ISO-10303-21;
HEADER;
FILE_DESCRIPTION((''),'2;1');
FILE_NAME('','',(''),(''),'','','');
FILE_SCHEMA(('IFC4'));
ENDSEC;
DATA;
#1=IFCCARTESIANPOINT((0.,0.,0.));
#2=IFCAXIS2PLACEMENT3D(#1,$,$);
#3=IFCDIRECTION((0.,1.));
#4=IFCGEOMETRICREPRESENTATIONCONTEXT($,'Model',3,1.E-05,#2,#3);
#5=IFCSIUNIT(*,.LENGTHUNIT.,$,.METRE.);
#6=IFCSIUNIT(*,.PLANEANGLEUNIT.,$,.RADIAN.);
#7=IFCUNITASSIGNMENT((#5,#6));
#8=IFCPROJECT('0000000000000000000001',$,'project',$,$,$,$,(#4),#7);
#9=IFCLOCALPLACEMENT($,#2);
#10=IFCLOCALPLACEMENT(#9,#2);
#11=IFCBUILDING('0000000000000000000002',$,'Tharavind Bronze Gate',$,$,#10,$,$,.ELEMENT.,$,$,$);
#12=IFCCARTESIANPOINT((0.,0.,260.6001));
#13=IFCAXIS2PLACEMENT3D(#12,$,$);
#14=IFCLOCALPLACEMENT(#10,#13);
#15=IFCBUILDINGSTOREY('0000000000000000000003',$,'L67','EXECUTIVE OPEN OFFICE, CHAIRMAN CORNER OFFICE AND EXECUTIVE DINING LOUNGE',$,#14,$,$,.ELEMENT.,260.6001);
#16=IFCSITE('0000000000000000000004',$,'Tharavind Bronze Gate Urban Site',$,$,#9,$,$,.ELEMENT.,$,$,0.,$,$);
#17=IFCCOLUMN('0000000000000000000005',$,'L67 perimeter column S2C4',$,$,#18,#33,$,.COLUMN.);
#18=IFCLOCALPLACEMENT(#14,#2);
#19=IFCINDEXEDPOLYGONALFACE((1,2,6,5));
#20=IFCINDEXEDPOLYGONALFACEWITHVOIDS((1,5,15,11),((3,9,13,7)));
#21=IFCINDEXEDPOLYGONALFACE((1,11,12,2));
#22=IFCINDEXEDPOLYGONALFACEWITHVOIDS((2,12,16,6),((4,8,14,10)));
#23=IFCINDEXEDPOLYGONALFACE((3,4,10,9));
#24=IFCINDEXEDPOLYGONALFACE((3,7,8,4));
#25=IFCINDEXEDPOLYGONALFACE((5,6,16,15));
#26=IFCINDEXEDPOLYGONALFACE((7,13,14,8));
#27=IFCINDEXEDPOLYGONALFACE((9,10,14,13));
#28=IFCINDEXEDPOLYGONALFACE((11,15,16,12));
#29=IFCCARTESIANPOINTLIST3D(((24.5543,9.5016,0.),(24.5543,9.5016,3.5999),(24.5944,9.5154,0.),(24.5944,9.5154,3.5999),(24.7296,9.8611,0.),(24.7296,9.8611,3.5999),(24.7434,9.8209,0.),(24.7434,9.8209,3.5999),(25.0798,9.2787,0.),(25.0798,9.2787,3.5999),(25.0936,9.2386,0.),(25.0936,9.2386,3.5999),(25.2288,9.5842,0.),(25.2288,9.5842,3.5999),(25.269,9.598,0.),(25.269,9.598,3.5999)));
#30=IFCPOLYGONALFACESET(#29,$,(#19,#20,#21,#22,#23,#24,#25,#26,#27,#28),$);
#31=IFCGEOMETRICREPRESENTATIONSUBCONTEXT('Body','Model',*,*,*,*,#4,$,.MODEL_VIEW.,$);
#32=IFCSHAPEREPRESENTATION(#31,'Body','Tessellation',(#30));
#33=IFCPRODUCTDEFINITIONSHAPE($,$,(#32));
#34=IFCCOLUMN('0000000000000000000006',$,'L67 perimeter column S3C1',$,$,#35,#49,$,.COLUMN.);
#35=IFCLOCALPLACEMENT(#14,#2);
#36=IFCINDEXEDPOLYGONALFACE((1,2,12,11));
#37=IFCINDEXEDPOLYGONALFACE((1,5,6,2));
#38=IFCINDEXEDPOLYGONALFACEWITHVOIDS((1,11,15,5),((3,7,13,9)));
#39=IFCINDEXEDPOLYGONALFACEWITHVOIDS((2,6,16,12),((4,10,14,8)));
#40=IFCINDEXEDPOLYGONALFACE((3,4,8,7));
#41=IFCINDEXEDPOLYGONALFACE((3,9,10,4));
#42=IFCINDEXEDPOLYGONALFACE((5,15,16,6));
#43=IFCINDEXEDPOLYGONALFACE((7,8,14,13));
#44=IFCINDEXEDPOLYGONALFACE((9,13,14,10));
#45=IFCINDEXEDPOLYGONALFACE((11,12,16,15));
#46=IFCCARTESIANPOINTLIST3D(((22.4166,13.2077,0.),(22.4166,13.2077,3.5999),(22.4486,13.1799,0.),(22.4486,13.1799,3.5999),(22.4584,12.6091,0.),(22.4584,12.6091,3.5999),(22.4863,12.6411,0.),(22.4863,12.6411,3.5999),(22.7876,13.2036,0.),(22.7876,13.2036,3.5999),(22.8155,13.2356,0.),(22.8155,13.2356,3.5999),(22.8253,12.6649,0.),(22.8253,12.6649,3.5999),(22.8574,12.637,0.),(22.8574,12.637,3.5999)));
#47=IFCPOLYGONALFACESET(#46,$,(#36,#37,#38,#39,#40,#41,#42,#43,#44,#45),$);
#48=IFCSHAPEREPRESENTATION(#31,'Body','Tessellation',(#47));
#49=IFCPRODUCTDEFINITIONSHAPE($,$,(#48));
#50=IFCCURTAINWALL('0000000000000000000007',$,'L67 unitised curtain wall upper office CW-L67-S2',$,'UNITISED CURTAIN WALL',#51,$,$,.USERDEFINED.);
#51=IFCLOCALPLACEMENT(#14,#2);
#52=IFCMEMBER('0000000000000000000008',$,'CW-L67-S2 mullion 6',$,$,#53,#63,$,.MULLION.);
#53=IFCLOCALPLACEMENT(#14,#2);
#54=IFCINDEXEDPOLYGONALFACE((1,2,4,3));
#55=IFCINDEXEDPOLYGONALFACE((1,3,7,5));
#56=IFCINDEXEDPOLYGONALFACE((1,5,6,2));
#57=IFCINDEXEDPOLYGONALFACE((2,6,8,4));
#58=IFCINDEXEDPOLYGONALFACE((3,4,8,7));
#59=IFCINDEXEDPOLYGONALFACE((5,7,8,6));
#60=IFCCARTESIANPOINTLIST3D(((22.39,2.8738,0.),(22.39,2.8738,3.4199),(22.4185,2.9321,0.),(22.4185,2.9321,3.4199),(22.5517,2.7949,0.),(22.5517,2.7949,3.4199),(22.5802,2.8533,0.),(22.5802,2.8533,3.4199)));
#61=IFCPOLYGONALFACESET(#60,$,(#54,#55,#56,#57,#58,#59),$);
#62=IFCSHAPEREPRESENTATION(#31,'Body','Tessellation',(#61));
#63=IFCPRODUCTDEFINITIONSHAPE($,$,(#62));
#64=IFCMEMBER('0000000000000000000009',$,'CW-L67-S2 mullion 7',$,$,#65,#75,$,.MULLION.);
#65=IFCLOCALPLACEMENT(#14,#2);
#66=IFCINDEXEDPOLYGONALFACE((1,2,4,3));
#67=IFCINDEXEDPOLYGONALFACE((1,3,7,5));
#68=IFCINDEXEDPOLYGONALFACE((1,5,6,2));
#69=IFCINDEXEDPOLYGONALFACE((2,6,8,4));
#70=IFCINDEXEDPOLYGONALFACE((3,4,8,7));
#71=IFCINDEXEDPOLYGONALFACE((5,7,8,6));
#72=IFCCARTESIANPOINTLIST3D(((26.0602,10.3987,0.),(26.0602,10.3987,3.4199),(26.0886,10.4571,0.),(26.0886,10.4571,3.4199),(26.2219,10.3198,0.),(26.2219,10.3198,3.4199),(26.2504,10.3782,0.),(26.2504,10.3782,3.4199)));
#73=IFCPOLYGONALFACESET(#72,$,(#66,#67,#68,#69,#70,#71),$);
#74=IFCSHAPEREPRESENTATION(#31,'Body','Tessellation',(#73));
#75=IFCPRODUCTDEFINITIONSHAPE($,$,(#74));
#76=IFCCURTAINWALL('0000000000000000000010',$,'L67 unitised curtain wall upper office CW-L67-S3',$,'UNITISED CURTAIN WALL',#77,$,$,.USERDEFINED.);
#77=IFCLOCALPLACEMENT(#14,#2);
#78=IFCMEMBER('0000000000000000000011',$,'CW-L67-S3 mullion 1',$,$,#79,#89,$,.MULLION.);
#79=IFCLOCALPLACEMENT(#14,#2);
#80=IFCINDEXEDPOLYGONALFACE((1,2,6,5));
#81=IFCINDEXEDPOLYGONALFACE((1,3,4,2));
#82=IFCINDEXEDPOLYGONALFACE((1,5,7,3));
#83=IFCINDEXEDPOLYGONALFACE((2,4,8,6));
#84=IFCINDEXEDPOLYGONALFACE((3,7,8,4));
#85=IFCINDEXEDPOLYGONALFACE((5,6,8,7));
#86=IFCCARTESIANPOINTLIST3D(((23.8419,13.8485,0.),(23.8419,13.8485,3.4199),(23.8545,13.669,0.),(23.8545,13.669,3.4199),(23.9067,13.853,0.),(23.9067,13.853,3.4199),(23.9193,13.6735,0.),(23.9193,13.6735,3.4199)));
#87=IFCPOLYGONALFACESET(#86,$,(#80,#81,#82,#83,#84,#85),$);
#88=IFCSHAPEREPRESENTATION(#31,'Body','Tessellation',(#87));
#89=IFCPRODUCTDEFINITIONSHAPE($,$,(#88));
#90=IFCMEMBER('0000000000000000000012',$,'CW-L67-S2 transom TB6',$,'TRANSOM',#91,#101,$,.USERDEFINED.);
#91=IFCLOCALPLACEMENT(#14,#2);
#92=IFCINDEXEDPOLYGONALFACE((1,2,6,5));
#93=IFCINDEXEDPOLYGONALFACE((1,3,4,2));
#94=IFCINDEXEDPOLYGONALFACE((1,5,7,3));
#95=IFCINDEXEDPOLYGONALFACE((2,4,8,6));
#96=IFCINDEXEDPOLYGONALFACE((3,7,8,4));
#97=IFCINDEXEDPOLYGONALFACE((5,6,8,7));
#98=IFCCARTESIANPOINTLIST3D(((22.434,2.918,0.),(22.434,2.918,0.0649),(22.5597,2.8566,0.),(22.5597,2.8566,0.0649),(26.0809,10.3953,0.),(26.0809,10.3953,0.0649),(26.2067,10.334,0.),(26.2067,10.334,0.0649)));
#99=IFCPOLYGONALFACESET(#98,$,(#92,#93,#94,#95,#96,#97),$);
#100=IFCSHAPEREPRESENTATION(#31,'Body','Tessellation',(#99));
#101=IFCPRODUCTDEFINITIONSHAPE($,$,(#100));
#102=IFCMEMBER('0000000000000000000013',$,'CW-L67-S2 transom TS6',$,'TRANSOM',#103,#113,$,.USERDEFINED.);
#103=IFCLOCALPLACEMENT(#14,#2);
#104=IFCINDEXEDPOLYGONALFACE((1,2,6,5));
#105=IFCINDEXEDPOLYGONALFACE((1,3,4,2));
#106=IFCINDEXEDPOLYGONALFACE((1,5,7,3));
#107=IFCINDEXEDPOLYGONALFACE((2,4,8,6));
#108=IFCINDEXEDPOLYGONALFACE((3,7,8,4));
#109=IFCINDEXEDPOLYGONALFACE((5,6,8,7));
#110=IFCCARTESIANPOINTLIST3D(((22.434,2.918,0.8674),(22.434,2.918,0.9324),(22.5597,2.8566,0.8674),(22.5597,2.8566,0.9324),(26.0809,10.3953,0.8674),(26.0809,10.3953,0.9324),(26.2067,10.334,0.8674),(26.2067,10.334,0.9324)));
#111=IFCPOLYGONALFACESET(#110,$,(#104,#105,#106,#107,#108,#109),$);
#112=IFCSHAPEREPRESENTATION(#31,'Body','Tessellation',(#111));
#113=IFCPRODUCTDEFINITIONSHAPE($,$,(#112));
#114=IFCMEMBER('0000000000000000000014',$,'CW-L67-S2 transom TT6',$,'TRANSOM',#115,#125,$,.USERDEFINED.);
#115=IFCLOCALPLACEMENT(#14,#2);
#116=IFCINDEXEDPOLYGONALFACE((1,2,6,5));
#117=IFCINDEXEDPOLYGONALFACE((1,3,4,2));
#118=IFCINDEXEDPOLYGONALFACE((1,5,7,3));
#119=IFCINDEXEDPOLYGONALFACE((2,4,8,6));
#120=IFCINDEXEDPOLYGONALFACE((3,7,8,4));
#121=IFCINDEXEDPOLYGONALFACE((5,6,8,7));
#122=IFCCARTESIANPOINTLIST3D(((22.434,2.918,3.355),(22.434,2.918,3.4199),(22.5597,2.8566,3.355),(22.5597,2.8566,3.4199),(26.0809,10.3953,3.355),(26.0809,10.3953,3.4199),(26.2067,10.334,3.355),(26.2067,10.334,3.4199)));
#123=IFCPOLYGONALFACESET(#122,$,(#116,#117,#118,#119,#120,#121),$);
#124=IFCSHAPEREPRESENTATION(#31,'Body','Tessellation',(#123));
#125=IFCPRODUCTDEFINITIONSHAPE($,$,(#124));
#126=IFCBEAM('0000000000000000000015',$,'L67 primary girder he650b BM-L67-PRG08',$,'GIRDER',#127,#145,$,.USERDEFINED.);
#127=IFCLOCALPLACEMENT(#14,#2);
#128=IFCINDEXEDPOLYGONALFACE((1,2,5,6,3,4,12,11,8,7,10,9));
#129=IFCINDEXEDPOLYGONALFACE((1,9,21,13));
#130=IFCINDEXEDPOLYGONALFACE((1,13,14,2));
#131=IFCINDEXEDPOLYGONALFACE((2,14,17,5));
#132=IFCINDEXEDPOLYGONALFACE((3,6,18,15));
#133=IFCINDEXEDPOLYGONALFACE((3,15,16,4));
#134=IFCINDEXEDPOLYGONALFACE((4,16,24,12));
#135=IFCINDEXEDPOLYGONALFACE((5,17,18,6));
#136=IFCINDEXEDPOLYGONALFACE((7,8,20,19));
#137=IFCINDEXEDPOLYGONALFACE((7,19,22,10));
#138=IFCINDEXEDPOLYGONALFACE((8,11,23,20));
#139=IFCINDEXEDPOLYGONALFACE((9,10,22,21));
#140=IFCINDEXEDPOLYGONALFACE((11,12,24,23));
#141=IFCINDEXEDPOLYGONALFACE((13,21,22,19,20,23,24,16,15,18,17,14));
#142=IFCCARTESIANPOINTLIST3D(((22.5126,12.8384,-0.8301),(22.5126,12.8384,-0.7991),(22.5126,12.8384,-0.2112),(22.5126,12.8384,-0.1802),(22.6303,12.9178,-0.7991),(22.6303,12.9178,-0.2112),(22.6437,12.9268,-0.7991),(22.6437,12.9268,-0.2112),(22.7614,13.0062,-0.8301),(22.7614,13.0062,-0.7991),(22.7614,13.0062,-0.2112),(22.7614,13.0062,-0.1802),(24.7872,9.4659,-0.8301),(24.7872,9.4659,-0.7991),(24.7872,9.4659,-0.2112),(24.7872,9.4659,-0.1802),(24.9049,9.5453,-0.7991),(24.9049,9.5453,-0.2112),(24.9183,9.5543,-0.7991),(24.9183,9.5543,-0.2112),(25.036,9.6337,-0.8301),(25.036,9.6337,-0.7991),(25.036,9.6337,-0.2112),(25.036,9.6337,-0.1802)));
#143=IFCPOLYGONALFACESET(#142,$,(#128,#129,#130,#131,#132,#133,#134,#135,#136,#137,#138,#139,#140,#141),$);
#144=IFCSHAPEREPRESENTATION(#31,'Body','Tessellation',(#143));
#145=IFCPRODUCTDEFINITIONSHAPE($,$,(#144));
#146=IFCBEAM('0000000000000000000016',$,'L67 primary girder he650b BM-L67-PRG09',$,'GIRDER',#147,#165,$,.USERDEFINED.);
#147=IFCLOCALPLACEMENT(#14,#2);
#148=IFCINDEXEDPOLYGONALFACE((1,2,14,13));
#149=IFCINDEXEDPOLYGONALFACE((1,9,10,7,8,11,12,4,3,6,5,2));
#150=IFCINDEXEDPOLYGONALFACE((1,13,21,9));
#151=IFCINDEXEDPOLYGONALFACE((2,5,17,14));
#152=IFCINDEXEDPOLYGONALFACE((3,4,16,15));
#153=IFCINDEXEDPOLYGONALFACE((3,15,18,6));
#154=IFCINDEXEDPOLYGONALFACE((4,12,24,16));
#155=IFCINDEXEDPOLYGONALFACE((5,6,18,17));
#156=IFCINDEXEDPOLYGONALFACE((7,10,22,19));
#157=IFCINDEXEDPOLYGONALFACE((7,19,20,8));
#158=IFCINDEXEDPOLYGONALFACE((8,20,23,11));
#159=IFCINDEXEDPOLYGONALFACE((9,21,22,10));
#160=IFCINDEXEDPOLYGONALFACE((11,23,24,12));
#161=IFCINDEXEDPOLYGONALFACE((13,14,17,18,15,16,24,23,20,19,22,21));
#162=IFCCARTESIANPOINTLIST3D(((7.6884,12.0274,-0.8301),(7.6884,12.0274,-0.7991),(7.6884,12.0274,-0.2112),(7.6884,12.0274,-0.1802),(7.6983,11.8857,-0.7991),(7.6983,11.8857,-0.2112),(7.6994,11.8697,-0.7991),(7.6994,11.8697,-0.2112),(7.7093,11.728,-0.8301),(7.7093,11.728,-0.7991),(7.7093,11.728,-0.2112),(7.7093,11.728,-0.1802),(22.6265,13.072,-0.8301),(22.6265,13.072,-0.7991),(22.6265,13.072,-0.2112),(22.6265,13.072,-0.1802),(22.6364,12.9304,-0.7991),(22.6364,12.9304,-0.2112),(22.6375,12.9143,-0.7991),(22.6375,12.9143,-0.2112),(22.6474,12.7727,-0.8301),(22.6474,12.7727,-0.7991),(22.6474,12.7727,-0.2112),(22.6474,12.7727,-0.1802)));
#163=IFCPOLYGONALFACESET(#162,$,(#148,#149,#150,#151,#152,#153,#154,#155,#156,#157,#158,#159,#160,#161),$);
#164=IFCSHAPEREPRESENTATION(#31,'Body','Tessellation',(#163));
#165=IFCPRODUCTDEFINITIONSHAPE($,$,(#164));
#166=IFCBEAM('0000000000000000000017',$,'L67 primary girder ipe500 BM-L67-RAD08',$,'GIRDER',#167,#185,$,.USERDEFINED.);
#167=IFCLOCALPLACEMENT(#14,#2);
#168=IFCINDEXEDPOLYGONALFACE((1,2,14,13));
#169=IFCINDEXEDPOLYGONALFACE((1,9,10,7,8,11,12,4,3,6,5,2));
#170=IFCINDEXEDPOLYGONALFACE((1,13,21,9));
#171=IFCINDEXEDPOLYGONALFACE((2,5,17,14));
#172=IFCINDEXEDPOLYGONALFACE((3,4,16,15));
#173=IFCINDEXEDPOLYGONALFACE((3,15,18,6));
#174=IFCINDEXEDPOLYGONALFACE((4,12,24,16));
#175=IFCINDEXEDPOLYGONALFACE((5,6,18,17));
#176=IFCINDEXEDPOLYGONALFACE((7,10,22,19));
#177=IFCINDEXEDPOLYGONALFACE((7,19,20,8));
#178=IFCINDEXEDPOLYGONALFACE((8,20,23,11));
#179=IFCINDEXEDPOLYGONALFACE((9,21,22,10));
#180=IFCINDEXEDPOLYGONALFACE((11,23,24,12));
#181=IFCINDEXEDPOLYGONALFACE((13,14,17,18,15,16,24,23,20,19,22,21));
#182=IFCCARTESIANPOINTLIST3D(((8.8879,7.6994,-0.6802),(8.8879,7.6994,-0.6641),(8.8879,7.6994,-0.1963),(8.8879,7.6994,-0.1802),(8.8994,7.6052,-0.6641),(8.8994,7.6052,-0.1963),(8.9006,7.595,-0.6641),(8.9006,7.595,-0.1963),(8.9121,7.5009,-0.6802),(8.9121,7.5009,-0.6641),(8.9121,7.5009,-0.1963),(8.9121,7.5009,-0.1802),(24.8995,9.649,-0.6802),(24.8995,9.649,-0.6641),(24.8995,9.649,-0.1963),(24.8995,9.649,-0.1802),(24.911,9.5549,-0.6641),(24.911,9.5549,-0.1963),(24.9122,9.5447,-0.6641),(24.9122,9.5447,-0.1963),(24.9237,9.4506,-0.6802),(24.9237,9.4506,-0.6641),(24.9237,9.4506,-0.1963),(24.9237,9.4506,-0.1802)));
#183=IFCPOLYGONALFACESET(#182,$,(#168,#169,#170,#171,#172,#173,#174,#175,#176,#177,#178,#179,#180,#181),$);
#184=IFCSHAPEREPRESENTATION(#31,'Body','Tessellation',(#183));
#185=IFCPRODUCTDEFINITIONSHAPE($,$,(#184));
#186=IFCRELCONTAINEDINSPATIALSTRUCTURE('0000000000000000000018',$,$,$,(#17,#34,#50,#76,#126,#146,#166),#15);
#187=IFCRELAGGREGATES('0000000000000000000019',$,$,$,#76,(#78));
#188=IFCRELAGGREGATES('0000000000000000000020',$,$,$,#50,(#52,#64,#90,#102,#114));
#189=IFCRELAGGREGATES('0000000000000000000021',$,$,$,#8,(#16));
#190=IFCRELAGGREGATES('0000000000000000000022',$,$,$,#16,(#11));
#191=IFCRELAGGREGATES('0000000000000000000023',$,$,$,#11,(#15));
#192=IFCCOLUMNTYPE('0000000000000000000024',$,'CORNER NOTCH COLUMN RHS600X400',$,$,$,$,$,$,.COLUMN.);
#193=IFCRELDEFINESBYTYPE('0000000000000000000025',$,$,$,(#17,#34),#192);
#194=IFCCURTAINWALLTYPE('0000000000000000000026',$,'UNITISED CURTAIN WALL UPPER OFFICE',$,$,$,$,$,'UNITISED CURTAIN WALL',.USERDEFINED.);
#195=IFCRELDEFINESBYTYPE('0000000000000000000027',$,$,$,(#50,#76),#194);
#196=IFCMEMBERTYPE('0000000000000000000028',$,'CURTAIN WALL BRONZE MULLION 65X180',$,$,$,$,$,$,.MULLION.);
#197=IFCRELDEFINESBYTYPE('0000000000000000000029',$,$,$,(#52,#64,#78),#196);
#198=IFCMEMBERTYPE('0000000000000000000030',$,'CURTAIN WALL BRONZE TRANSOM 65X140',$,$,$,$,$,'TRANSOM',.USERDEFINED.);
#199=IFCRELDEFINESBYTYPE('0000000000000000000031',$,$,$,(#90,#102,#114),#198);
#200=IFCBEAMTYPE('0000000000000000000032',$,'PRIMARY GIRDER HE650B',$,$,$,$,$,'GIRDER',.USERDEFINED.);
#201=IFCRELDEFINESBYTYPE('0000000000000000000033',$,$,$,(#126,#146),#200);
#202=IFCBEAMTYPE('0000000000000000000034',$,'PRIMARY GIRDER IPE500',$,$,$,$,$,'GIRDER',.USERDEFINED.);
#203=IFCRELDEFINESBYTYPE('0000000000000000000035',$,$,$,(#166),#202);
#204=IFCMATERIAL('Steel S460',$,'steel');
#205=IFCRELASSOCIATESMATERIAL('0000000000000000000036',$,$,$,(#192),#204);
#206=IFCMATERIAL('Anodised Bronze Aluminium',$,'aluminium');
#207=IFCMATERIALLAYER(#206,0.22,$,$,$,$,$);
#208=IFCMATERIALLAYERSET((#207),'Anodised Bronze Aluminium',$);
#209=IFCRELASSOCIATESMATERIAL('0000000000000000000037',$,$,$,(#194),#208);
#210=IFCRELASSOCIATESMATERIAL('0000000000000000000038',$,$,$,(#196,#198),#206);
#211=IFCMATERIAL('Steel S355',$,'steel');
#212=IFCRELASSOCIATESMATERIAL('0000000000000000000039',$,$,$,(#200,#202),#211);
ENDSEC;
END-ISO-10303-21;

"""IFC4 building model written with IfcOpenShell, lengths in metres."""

from ifc_helpers import new_model, si_unit, direction, frame, origin, origin_2d, place, context, subcontext, project, spatial, rectangle, hollow_rectangle, i_section, extrude, material, layer, layer_set, material_profile, profile_set, type_object, element, aggregate, save


model = new_model("IFC4")

# Units and contexts
model_context = context("Model", 3, precision=1e-05, world=origin(), true_north=direction((0.0, 1.0)))
body_context = subcontext(model_context, "Body", "Model", "MODEL_VIEW")
ifc_project = project(units=[si_unit("LENGTHUNIT", "METRE"), si_unit("PLANEANGLEUNIT", "RADIAN")], contexts=[model_context])

# Site, building, storey
site_placement = place(None, origin())
site = spatial("IfcSite", under=ifc_project, at=site_placement, Name="Tharavind Bronze Gate Urban Site", CompositionType="ELEMENT", RefElevation=0.0)
building_placement = place(site_placement, origin())
building = spatial("IfcBuilding", under=site, at=building_placement, Name="Tharavind Bronze Gate", CompositionType="ELEMENT")
storey_placement = place(building_placement, frame((0.0, 0.0, 260.6001)))
storey = spatial("IfcBuildingStorey", under=building, at=storey_placement, Name="L67", Description="EXECUTIVE OPEN OFFICE, CHAIRMAN CORNER OFFICE AND EXECUTIVE DINING LOUNGE", CompositionType="ELEMENT", Elevation=260.6001)

# Columns
ifc_material_1 = material(Name="Steel S460", Category="steel")
ifc_material_profile_1 = material_profile(ifc_material_1, hollow_rectangle(XDim=0.3999, YDim=0.6001, WallThickness=0.03, at=origin_2d()), Name="RHS600X400X30")
ifc_profile_set_1 = profile_set([ifc_material_profile_1], Name="Steel S460")
column_type = type_object("IfcColumnType", Name="CORNER NOTCH COLUMN RHS600X400", PredefinedType="COLUMN", material=ifc_profile_set_1)
for number, where, z_axis, x_axis, name in (
    (1, (24.9116, 9.5498, 0.0), (0.0, 0.0, 1.0), (0.438373, 0.898793, 0.0), "L67 perimeter column S2C4"),
    (2, (22.637, 12.9224, 0.0), (0.0, 0.0, 1.0), (0.997564, 0.069758, 0.0), "L67 perimeter column S3C1"),
):
    element("IfcColumn", number, at=place(storey_placement, frame(where, z_axis=z_axis, x_axis=x_axis)), inside=storey, type_object=column_type, Name=name, PredefinedType="COLUMN", context=body_context, shape_type="SweptSolid", body=[
        extrude(hollow_rectangle(XDim=0.3999, YDim=0.6001, WallThickness=0.03, at=origin_2d()), origin(), (0.0, 0.0, 1.0), 3.5999),
    ])

# Curtain wall, members
ifc_material_2 = material(Name="Anodised Bronze Aluminium", Category="aluminium")
ifc_layer_1 = layer(ifc_material_2, 0.22)
ifc_layer_set_1 = layer_set([ifc_layer_1], Name="Anodised Bronze Aluminium")
curtain_wall_type = type_object("IfcCurtainWallType", Name="UNITISED CURTAIN WALL UPPER OFFICE", ElementType="UNITISED CURTAIN WALL", PredefinedType="USERDEFINED", material=ifc_layer_set_1)
curtain_wall_1_placement = place(storey_placement, origin())
curtain_wall_1 = element("IfcCurtainWall", 3, at=curtain_wall_1_placement, inside=storey, type_object=curtain_wall_type, Name="L67 unitised curtain wall upper office CW-L67-S2", ObjectType="UNITISED CURTAIN WALL", PredefinedType="USERDEFINED")
member_type_1 = type_object("IfcMemberType", Name="CURTAIN WALL BRONZE MULLION 65X180", PredefinedType="MULLION", material=ifc_material_2)
member_1_placement = place(storey_placement, frame((22.4851, 2.8635, 0.0), z_axis=(0.0, 0.0, 1.0), x_axis=(0.438373, 0.898793, 0.0)))
member_1 = element("IfcMember", 4, at=member_1_placement, type_object=member_type_1, Name="CW-L67-S2 mullion 6", PredefinedType="MULLION", context=body_context, shape_type="SweptSolid", body=[
    extrude(rectangle(XDim=0.0649, YDim=0.1799, at=origin_2d()), origin(), (0.0, 0.0, 1.0), 3.4199),
])
member_2_placement = place(storey_placement, frame((26.1553, 10.3884, 0.0), z_axis=(0.0, 0.0, 1.0), x_axis=(0.438373, 0.898793, 0.0)))
member_2 = element("IfcMember", 5, at=member_2_placement, type_object=member_type_1, Name="CW-L67-S2 mullion 7", PredefinedType="MULLION", context=body_context, shape_type="SweptSolid", body=[
    extrude(rectangle(XDim=0.0649, YDim=0.1799, at=origin_2d()), origin(), (0.0, 0.0, 1.0), 3.4199),
])

# Curtain wall, member
curtain_wall_2_placement = place(storey_placement, origin())
curtain_wall_2 = element("IfcCurtainWall", 6, at=curtain_wall_2_placement, inside=storey, type_object=curtain_wall_type, Name="L67 unitised curtain wall upper office CW-L67-S3", ObjectType="UNITISED CURTAIN WALL", PredefinedType="USERDEFINED")
member_3_placement = place(storey_placement, frame((23.8806, 13.761, 0.0), z_axis=(0.0, 0.0, 1.0), x_axis=(-0.997564, -0.06976, 0.0)))
member_3 = element("IfcMember", 7, at=member_3_placement, type_object=member_type_1, Name="CW-L67-S3 mullion 1", PredefinedType="MULLION", context=body_context, shape_type="SweptSolid", body=[
    extrude(rectangle(XDim=0.0649, YDim=0.1799, at=origin_2d()), origin(), (0.0, 0.0, 1.0), 3.4199),
])
aggregate(curtain_wall_2, [member_3])

# Members
member_type_2 = type_object("IfcMemberType", Name="CURTAIN WALL BRONZE TRANSOM 65X140", ElementType="TRANSOM", PredefinedType="USERDEFINED", material=ifc_material_2)
member_4_placement = place(storey_placement, frame((24.3203, 6.626, 0.0), z_axis=(0.0, 0.0, 1.0), x_axis=(0.438373, 0.898793, 0.0)))
member_4 = element("IfcMember", 8, at=member_4_placement, type_object=member_type_2, Name="CW-L67-S2 transom TB6", ObjectType="TRANSOM", PredefinedType="USERDEFINED", context=body_context, shape_type="SweptSolid", body=[
    extrude(rectangle(XDim=8.3193, YDim=0.1399, at=origin_2d()), origin(), (0.0, 0.0, 1.0), 0.0649),
])
member_5_placement = place(storey_placement, frame((24.3203, 6.626, 0.8674), z_axis=(0.0, 0.0, 1.0), x_axis=(0.438373, 0.898793, 0.0)))
member_5 = element("IfcMember", 9, at=member_5_placement, type_object=member_type_2, Name="CW-L67-S2 transom TS6", ObjectType="TRANSOM", PredefinedType="USERDEFINED", context=body_context, shape_type="SweptSolid", body=[
    extrude(rectangle(XDim=8.3193, YDim=0.1399, at=origin_2d()), origin(), (0.0, 0.0, 1.0), 0.0649),
])
member_6_placement = place(storey_placement, frame((24.3203, 6.626, 3.355), z_axis=(0.0, 0.0, 1.0), x_axis=(0.438373, 0.898793, 0.0)))
member_6 = element("IfcMember", 10, at=member_6_placement, type_object=member_type_2, Name="CW-L67-S2 transom TT6", ObjectType="TRANSOM", PredefinedType="USERDEFINED", context=body_context, shape_type="SweptSolid", body=[
    extrude(rectangle(XDim=8.3193, YDim=0.1399, at=origin_2d()), origin(), (0.0, 0.0, 1.0), 0.0649),
])

# Beams
ifc_material_3 = material(Name="Steel S355", Category="steel")
ifc_material_profile_2 = material_profile(ifc_material_3, i_section(OverallWidth=0.3, OverallDepth=0.6499, WebThickness=0.0161, FlangeThickness=0.031, at=origin_2d()), Name="HE650B")
ifc_profile_set_2 = profile_set([ifc_material_profile_2], Name="Steel S355")
beam_type_1 = type_object("IfcBeamType", Name="PRIMARY GIRDER HE650B", ElementType="GIRDER", PredefinedType="USERDEFINED", material=ifc_profile_set_2)
beam_1_placement = place(storey_placement, frame((24.9116, 9.5498, -0.5051), z_axis=(-0.559166, 0.829056, 0.0), x_axis=(-0.829056, -0.559166, 0.0)))
element("IfcBeam", 11, at=beam_1_placement, inside=storey, type_object=beam_type_1, Name="L67 primary girder he650b BM-L67-PRG08", ObjectType="GIRDER", PredefinedType="USERDEFINED", context=body_context, shape_type="SweptSolid", body=[
    extrude(i_section(OverallWidth=0.3, OverallDepth=0.6499, WebThickness=0.0161, FlangeThickness=0.031, at=origin_2d()), origin(), (0.0, 0.0, 1.0), 4.0679),
])
beam_2_placement = place(storey_placement, frame((22.637, 12.9224, -0.5051), z_axis=(-0.997564, -0.069763, 0.0), x_axis=(0.069763, -0.997564, 0.0)))
element("IfcBeam", 12, at=beam_2_placement, inside=storey, type_object=beam_type_1, Name="L67 primary girder he650b BM-L67-PRG09", ObjectType="GIRDER", PredefinedType="USERDEFINED", context=body_context, shape_type="SweptSolid", body=[
    extrude(i_section(OverallWidth=0.3, OverallDepth=0.6499, WebThickness=0.0161, FlangeThickness=0.031, at=origin_2d()), origin(), (0.0, 0.0, 1.0), 14.9746),
])
ifc_material_profile_3 = material_profile(ifc_material_3, i_section(OverallWidth=0.2, OverallDepth=0.5, WebThickness=0.0103, FlangeThickness=0.0161, at=origin_2d()), Name="IPE500")
ifc_profile_set_3 = profile_set([ifc_material_profile_3], Name="Steel S355")
beam_type_2 = type_object("IfcBeamType", Name="PRIMARY GIRDER IPE500", ElementType="GIRDER", PredefinedType="USERDEFINED", material=ifc_profile_set_3)
beam_3_placement = place(storey_placement, frame((24.9116, 9.5498, -0.4302), z_axis=(-0.992668, -0.120875, 0.0), x_axis=(0.120875, -0.992668, 0.0)))
element("IfcBeam", 13, at=beam_3_placement, inside=storey, type_object=beam_type_2, Name="L67 primary girder ipe500 BM-L67-RAD08", ObjectType="GIRDER", PredefinedType="USERDEFINED", context=body_context, shape_type="SweptSolid", body=[
    extrude(i_section(OverallWidth=0.2, OverallDepth=0.5, WebThickness=0.0103, FlangeThickness=0.0161, at=origin_2d()), origin(), (0.0, 0.0, 1.0), 16.1299),
])

aggregate(curtain_wall_1, [member_1, member_2, member_4, member_5, member_6])

save(model, "model.ifc")
